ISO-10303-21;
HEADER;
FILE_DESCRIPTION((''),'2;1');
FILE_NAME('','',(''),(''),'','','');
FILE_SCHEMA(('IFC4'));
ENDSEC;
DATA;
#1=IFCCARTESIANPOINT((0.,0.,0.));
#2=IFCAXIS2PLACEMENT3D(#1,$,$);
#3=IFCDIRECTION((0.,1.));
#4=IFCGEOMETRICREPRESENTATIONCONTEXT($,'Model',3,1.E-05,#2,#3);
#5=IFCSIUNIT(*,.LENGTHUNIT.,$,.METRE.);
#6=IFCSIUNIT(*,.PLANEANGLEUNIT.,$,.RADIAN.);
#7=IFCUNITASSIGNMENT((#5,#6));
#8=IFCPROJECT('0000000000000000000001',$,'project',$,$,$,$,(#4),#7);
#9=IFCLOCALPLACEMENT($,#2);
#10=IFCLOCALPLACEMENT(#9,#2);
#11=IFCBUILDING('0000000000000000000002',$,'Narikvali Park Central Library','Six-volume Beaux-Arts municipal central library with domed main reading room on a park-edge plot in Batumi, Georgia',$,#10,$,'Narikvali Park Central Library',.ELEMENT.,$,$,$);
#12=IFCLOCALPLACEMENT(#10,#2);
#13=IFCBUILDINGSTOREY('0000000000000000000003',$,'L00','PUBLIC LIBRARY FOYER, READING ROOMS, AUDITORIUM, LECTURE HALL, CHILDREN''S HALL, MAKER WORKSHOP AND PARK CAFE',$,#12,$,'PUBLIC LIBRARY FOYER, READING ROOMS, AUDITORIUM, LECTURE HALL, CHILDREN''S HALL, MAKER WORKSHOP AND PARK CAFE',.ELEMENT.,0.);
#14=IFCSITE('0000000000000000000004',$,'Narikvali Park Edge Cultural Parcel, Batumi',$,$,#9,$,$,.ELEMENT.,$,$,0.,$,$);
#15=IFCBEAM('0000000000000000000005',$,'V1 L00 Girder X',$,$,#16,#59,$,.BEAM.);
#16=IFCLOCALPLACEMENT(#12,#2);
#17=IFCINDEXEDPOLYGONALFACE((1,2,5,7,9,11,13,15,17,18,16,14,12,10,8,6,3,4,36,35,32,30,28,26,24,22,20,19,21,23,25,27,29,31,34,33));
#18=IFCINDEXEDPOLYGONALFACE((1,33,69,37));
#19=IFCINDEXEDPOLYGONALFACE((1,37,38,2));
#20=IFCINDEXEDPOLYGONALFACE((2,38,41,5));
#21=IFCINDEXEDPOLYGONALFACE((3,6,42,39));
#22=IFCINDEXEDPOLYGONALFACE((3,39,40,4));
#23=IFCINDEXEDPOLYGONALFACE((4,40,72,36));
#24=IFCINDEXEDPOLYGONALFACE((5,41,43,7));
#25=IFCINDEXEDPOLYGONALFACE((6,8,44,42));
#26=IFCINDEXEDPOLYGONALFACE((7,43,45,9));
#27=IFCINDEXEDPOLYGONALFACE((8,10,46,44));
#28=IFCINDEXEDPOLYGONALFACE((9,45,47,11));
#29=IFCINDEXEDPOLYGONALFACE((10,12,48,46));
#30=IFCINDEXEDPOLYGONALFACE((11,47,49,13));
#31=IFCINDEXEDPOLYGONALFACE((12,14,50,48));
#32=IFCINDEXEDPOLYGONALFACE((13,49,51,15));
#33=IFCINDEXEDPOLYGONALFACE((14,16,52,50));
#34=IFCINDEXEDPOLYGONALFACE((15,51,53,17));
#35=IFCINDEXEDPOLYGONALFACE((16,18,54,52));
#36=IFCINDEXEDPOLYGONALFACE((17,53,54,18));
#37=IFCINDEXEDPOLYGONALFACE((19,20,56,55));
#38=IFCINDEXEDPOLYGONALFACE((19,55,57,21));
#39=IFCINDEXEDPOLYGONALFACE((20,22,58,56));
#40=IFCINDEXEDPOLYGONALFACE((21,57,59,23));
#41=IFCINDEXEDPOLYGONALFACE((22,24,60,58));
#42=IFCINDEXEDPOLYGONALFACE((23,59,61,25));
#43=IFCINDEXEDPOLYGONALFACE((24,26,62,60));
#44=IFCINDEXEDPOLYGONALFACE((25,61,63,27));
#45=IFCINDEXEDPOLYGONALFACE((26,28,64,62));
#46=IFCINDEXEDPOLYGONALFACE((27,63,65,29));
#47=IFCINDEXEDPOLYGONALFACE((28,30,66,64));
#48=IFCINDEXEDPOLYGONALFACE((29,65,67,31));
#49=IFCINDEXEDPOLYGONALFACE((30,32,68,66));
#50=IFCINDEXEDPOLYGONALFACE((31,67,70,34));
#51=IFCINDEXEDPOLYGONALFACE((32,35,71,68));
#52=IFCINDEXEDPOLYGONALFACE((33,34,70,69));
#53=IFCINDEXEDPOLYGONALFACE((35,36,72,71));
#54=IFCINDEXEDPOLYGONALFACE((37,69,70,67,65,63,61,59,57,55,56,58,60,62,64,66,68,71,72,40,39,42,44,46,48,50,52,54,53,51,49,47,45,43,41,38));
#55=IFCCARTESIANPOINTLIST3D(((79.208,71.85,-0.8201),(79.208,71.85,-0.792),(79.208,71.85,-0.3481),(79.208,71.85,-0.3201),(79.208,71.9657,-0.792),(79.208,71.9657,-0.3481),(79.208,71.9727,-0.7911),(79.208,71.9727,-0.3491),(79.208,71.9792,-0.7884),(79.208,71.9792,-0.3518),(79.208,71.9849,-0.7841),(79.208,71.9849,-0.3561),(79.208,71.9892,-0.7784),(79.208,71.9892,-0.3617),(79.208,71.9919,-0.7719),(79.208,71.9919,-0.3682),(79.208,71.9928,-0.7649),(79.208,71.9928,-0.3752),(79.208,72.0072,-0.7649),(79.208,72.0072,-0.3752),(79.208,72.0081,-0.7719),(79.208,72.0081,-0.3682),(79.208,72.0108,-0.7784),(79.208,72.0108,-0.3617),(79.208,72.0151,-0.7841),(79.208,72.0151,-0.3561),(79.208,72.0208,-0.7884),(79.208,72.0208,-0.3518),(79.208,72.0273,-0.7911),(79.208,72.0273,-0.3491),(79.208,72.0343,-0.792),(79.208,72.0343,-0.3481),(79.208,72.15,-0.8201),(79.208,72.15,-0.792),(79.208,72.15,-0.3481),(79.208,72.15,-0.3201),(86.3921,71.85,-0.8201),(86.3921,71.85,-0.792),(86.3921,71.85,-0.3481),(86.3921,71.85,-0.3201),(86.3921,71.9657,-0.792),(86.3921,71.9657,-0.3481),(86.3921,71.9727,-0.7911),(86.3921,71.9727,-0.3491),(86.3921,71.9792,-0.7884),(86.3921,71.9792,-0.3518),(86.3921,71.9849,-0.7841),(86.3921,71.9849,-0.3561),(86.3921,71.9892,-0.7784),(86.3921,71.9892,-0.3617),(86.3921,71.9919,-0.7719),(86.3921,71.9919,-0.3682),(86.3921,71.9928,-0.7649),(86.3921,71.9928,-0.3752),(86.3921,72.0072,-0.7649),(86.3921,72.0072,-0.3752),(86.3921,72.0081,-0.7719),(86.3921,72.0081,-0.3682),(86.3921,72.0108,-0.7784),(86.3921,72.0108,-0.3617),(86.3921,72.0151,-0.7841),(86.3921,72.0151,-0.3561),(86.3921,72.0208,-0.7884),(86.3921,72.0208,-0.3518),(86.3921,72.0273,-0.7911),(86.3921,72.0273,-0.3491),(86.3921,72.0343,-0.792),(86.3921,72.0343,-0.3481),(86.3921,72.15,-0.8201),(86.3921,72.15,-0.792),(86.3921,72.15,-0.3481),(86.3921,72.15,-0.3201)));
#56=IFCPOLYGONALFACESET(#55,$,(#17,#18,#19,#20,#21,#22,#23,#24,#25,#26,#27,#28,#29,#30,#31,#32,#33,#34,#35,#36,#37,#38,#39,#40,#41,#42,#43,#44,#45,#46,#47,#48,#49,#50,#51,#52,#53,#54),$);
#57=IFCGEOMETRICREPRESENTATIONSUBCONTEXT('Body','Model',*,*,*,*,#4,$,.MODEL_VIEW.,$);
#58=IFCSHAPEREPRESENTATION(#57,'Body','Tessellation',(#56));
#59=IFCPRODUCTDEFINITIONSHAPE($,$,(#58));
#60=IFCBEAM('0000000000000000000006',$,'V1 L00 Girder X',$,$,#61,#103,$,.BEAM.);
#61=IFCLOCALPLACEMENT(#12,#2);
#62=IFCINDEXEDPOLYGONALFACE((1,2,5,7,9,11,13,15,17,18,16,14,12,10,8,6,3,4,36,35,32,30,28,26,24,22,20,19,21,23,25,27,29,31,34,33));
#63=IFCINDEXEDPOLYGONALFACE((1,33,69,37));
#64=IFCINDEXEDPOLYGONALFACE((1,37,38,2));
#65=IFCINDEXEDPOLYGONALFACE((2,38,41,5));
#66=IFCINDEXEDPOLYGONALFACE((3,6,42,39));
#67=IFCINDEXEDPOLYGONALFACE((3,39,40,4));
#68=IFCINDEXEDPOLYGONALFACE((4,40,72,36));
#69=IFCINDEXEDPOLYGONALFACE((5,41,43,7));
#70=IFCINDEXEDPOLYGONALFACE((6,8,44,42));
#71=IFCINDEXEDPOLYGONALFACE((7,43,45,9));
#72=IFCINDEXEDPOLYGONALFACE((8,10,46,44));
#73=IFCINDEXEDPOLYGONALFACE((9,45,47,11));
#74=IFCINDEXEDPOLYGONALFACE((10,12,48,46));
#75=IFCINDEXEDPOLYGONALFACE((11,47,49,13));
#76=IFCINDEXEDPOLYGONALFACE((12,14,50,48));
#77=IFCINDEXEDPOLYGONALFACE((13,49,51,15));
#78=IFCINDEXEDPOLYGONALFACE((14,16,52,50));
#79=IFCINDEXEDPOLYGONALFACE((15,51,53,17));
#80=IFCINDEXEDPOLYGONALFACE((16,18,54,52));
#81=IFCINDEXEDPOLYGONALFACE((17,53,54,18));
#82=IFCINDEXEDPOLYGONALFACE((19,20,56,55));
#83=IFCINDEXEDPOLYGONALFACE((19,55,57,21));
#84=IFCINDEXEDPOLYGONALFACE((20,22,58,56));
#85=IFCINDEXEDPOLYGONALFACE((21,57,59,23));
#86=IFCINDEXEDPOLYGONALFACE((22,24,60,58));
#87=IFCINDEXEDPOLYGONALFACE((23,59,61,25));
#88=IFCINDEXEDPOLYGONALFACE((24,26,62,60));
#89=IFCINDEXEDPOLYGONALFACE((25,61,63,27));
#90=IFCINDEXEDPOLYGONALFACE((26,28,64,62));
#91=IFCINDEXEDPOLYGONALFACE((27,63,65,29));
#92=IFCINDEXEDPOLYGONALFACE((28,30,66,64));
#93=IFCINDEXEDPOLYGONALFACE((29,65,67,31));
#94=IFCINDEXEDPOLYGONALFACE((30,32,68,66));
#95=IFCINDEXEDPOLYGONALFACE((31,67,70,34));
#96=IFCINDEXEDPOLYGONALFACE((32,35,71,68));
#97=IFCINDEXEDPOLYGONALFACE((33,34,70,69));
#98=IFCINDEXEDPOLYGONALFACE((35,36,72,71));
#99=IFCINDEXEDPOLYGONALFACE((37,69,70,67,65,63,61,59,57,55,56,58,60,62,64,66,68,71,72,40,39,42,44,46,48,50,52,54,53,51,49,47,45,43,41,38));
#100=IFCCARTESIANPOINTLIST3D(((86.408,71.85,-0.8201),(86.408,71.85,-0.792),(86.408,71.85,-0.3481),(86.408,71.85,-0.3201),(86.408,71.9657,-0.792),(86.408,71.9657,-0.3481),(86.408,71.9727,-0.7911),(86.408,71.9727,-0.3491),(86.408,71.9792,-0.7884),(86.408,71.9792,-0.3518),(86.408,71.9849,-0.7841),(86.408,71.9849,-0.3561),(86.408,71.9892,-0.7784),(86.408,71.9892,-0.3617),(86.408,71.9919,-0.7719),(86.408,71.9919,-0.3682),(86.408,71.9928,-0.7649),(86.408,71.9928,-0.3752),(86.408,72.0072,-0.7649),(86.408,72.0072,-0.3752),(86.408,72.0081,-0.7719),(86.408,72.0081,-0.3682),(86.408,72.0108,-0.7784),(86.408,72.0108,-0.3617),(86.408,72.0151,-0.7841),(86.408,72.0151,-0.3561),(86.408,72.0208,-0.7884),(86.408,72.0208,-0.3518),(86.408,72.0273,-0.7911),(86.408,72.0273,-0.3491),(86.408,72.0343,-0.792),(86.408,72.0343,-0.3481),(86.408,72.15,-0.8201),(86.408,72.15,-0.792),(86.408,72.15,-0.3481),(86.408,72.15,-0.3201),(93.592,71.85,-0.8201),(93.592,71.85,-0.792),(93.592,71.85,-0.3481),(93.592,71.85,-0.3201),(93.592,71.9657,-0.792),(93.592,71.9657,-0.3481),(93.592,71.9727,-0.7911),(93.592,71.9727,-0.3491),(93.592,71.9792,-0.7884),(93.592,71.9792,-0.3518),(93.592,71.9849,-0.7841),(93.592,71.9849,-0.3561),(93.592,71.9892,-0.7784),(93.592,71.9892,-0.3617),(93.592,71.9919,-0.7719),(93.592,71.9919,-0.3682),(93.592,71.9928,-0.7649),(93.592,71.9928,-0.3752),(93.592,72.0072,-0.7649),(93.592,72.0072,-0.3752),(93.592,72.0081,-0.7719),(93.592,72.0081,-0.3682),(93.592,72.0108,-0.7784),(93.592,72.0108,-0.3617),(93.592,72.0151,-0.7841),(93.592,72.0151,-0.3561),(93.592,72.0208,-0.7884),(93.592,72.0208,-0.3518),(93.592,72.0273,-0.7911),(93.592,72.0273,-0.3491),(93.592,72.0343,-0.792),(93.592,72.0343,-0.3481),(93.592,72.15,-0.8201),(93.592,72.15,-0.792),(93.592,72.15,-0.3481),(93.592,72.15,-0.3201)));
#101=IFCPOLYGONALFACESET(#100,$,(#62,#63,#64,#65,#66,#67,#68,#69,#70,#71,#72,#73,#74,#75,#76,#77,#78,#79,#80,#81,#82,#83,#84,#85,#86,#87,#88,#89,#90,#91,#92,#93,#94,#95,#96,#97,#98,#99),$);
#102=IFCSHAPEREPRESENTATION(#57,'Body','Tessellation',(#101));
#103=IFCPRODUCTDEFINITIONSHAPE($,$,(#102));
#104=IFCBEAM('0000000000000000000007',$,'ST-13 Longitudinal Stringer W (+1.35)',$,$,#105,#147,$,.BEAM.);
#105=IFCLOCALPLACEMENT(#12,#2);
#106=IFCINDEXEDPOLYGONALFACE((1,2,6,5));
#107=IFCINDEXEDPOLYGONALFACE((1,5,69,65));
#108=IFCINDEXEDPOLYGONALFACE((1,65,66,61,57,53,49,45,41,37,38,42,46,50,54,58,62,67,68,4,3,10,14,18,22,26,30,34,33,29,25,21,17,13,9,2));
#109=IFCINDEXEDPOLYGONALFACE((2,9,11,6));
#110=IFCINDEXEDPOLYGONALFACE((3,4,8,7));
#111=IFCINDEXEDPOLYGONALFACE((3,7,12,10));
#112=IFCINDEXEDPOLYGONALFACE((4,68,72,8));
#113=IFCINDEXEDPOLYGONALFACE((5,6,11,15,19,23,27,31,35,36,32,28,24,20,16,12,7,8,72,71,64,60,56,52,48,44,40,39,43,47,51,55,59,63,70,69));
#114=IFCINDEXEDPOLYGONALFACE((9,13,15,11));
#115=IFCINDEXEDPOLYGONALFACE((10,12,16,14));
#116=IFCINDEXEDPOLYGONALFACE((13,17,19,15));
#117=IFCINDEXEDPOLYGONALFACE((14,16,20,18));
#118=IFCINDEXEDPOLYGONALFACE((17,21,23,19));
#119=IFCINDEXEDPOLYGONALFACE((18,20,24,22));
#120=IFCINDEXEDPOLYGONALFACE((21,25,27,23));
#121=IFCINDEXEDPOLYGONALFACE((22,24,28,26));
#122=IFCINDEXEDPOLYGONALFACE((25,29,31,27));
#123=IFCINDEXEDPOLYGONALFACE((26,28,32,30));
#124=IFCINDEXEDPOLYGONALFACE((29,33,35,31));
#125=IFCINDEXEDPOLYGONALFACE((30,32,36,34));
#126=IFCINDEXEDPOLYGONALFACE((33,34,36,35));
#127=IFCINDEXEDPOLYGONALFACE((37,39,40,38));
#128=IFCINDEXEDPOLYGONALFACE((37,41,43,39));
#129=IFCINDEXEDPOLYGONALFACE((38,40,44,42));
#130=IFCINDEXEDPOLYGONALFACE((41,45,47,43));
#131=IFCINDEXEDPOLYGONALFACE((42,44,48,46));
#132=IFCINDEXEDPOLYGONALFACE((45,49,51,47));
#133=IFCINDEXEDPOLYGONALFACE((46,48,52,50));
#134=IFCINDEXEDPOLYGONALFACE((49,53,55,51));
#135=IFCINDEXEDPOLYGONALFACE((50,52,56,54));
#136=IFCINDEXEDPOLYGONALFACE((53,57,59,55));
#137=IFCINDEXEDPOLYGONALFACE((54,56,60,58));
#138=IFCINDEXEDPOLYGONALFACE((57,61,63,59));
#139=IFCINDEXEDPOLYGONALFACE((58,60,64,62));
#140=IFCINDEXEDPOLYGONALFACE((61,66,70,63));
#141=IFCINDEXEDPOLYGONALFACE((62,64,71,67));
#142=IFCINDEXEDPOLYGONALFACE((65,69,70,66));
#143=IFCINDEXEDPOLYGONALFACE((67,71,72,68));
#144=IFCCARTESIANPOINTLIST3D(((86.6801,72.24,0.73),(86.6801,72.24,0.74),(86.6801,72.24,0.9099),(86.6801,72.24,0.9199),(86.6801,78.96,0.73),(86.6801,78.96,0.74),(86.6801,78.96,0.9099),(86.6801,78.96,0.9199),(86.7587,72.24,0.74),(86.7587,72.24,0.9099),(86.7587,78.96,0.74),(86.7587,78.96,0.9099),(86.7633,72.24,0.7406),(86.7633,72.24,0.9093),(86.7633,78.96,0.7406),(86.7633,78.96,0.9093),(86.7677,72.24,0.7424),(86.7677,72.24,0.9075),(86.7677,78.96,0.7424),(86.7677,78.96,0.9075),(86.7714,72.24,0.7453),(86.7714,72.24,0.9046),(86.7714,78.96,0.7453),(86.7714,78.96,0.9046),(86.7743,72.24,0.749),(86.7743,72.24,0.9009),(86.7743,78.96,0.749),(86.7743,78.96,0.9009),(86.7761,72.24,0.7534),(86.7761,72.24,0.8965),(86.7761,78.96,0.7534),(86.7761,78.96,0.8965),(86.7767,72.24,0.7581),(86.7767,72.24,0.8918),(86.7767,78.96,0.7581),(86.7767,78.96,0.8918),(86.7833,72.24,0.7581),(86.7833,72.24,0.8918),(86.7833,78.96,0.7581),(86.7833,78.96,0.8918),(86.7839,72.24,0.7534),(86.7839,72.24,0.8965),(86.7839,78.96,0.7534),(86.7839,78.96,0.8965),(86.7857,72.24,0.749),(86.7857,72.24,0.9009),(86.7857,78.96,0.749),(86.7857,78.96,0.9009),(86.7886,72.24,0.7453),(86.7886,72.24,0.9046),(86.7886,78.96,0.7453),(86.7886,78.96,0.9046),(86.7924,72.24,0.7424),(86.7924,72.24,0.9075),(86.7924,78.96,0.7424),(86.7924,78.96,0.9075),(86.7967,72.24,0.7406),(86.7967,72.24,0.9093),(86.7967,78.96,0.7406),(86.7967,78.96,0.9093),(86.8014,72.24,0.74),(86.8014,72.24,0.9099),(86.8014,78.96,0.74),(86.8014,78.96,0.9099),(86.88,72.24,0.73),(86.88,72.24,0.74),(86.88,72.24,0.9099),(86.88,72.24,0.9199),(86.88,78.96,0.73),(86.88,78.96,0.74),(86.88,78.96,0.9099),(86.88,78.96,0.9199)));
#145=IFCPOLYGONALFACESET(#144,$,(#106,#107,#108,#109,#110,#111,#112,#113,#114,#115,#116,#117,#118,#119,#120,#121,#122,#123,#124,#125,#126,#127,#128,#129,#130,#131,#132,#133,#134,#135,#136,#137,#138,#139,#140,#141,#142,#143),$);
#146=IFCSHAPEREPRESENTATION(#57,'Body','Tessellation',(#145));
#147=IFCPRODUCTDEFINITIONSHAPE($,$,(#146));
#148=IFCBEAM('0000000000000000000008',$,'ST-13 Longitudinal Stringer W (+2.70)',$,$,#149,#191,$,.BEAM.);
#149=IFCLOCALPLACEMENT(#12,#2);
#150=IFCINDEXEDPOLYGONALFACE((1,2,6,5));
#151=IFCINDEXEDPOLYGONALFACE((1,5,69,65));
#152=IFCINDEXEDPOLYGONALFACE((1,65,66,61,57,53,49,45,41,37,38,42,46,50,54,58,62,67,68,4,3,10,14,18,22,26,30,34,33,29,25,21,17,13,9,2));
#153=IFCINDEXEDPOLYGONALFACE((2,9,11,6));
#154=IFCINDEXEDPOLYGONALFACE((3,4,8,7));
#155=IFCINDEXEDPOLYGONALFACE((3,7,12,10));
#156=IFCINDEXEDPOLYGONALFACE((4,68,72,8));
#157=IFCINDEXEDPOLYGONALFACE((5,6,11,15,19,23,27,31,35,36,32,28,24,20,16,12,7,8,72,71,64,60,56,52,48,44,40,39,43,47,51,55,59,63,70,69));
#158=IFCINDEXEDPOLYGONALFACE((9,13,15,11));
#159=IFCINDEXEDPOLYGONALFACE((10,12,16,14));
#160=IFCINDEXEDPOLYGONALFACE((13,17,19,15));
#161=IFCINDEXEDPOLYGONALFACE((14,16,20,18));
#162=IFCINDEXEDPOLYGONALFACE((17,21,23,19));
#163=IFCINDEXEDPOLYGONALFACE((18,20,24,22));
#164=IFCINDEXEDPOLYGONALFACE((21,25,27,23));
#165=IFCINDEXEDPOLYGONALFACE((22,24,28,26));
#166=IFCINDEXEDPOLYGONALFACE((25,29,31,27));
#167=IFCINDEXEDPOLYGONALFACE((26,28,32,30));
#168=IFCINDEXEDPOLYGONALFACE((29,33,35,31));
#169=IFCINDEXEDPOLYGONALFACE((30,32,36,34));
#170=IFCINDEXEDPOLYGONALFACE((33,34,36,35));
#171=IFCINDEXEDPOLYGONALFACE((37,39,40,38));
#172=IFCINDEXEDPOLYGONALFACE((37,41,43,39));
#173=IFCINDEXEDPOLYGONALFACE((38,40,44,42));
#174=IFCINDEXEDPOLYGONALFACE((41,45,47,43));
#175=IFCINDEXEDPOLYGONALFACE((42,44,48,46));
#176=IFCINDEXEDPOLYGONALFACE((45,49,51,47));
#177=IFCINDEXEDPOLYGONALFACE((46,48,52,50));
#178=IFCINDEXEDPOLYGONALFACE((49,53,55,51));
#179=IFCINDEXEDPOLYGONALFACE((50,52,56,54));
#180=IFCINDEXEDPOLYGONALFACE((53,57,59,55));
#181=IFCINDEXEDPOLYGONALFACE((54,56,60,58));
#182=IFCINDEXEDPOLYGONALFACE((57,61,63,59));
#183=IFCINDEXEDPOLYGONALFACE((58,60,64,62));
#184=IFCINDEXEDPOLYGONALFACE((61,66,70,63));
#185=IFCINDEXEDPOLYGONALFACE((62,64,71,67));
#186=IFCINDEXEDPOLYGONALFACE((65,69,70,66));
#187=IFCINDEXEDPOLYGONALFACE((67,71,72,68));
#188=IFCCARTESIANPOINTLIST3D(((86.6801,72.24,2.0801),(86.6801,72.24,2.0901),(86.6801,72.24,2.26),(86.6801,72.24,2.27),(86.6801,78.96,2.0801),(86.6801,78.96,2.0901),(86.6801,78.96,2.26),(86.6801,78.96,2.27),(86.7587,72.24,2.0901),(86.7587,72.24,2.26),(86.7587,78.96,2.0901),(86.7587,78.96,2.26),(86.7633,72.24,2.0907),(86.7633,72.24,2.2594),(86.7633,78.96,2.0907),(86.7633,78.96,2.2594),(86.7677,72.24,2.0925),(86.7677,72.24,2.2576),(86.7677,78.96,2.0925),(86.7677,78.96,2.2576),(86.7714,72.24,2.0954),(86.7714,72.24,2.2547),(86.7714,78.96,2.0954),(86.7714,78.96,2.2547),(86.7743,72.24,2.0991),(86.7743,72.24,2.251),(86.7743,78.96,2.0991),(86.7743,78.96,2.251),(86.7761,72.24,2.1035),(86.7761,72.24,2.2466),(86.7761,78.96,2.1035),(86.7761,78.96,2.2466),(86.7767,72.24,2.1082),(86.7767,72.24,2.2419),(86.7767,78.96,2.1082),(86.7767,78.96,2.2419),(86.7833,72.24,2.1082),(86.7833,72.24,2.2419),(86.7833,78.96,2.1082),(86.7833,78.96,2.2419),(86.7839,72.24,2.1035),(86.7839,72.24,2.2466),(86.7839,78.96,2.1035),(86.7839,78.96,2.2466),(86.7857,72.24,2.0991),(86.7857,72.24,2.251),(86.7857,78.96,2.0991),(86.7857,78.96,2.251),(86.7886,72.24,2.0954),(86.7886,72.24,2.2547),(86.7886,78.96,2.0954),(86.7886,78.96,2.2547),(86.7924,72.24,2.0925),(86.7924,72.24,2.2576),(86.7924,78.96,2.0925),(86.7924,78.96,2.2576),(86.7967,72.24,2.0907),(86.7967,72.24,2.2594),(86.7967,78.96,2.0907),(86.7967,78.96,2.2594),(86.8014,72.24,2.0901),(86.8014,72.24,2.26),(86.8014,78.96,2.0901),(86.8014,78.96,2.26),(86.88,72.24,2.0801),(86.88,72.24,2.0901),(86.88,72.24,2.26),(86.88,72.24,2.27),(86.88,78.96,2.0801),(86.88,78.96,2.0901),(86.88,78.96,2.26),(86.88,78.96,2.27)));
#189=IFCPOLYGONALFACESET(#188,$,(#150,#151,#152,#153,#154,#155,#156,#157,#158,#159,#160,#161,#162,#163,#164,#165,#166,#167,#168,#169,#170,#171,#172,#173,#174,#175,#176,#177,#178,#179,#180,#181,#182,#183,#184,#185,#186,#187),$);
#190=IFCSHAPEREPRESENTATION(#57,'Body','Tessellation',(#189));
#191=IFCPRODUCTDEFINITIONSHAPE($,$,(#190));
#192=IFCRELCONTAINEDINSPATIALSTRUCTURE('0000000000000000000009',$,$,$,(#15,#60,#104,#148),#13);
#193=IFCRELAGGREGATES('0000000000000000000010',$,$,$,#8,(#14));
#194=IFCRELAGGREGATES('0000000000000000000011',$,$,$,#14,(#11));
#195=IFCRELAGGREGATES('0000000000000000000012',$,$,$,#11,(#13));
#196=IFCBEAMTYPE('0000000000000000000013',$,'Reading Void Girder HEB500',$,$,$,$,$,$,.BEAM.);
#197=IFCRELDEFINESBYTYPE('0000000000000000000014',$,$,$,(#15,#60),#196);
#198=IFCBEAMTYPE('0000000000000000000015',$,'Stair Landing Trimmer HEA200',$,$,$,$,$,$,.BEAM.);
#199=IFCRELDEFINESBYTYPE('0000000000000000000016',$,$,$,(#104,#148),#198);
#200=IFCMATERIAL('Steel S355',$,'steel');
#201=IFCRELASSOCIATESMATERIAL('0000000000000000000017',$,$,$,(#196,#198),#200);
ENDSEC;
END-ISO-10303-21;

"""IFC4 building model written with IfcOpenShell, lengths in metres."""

from ifc_helpers import new_model, si_unit, direction, frame, origin, origin_2d, place, context, subcontext, project, spatial, i_section, extrude, material, material_profile, profile_set, type_object, element, save


model = new_model("IFC4")

# Units and contexts
model_context = context("Model", 3, precision=1e-05, world=origin(), true_north=direction((0.0, 1.0)))
body_context = subcontext(model_context, "Body", "Model", "MODEL_VIEW")
ifc_project = project(units=[si_unit("LENGTHUNIT", "METRE"), si_unit("PLANEANGLEUNIT", "RADIAN")], contexts=[model_context])

# Site, building, storey
site_placement = place(None, origin())
site = spatial("IfcSite", under=ifc_project, at=site_placement, Name="Narikvali Park Edge Cultural Parcel, Batumi", CompositionType="ELEMENT", RefElevation=0.0)
building_placement = place(site_placement, origin())
building = spatial("IfcBuilding", under=site, at=building_placement, Name="Narikvali Park Central Library", Description="Six-volume Beaux-Arts municipal central library with domed main reading room on a park-edge plot in Batumi, Georgia", LongName="Narikvali Park Central Library", CompositionType="ELEMENT")
storey_placement = place(building_placement, origin())
storey = spatial("IfcBuildingStorey", under=building, at=storey_placement, Name="L00", Description="PUBLIC LIBRARY FOYER, READING ROOMS, AUDITORIUM, LECTURE HALL, CHILDREN'S HALL, MAKER WORKSHOP AND PARK CAFE", LongName="PUBLIC LIBRARY FOYER, READING ROOMS, AUDITORIUM, LECTURE HALL, CHILDREN'S HALL, MAKER WORKSHOP AND PARK CAFE", CompositionType="ELEMENT", Elevation=0.0)

# Shared definitions
ifc_material_1 = material(Name="Steel S355", Category="steel")

# Beams
ifc_material_profile_1 = material_profile(ifc_material_1, i_section(OverallWidth=0.3, OverallDepth=0.5, WebThickness=0.0144, FlangeThickness=0.0281, FilletRadius=0.0271, at=origin_2d()), Name="HEB 500")
ifc_profile_set_1 = profile_set([ifc_material_profile_1], Name="Steel S355")
beam_type_1 = type_object("IfcBeamType", Name="Reading Void Girder HEB500", PredefinedType="BEAM", material=ifc_profile_set_1)
for number, where, z_axis, x_axis, name in (
    (1, (79.208, 72.0, -0.5701), (1.0, 0.0, 0.0), (0.0, 1.0, 0.0), "V1 L00 Girder X"),
    (2, (86.408, 72.0, -0.5701), (1.0, 0.0, 0.0), (0.0, 1.0, 0.0), "V1 L00 Girder X"),
):
    element("IfcBeam", number, at=place(storey_placement, frame(where, z_axis=z_axis, x_axis=x_axis)), inside=storey, type_object=beam_type_1, Name=name, PredefinedType="BEAM", context=body_context, shape_type="SweptSolid", body=[
        extrude(i_section(OverallWidth=0.3, OverallDepth=0.5, WebThickness=0.0144, FlangeThickness=0.0281, FilletRadius=0.0271, at=origin_2d()), origin(), (0.0, 0.0, 1.0), 7.1841),
    ])
ifc_material_profile_2 = material_profile(ifc_material_1, i_section(OverallWidth=0.2, OverallDepth=0.1899, WebThickness=0.0066, FlangeThickness=0.01, FilletRadius=0.0181, at=origin_2d()), Name="HEA 200")
ifc_profile_set_2 = profile_set([ifc_material_profile_2], Name="Steel S355")
beam_type_2 = type_object("IfcBeamType", Name="Stair Landing Trimmer HEA200", PredefinedType="BEAM", material=ifc_profile_set_2)
for number, where, z_axis, x_axis, name in (
    (3, (86.78, 72.24, 0.825), (0.0, 1.0, 0.0), (-1.0, 0.0, 0.0), "ST-13 Longitudinal Stringer W (+1.35)"),
    (4, (86.78, 72.24, 2.175), (0.0, 1.0, 0.0), (-1.0, 0.0, 0.0), "ST-13 Longitudinal Stringer W (+2.70)"),
):
    element("IfcBeam", number, at=place(storey_placement, frame(where, z_axis=z_axis, x_axis=x_axis)), inside=storey, type_object=beam_type_2, Name=name, PredefinedType="BEAM", context=body_context, shape_type="SweptSolid", body=[
        extrude(i_section(OverallWidth=0.2, OverallDepth=0.1899, WebThickness=0.0066, FlangeThickness=0.01, FilletRadius=0.0181, at=origin_2d()), origin(), (0.0, 0.0, 1.0), 6.72),
    ])

save(model, "model.ifc")
